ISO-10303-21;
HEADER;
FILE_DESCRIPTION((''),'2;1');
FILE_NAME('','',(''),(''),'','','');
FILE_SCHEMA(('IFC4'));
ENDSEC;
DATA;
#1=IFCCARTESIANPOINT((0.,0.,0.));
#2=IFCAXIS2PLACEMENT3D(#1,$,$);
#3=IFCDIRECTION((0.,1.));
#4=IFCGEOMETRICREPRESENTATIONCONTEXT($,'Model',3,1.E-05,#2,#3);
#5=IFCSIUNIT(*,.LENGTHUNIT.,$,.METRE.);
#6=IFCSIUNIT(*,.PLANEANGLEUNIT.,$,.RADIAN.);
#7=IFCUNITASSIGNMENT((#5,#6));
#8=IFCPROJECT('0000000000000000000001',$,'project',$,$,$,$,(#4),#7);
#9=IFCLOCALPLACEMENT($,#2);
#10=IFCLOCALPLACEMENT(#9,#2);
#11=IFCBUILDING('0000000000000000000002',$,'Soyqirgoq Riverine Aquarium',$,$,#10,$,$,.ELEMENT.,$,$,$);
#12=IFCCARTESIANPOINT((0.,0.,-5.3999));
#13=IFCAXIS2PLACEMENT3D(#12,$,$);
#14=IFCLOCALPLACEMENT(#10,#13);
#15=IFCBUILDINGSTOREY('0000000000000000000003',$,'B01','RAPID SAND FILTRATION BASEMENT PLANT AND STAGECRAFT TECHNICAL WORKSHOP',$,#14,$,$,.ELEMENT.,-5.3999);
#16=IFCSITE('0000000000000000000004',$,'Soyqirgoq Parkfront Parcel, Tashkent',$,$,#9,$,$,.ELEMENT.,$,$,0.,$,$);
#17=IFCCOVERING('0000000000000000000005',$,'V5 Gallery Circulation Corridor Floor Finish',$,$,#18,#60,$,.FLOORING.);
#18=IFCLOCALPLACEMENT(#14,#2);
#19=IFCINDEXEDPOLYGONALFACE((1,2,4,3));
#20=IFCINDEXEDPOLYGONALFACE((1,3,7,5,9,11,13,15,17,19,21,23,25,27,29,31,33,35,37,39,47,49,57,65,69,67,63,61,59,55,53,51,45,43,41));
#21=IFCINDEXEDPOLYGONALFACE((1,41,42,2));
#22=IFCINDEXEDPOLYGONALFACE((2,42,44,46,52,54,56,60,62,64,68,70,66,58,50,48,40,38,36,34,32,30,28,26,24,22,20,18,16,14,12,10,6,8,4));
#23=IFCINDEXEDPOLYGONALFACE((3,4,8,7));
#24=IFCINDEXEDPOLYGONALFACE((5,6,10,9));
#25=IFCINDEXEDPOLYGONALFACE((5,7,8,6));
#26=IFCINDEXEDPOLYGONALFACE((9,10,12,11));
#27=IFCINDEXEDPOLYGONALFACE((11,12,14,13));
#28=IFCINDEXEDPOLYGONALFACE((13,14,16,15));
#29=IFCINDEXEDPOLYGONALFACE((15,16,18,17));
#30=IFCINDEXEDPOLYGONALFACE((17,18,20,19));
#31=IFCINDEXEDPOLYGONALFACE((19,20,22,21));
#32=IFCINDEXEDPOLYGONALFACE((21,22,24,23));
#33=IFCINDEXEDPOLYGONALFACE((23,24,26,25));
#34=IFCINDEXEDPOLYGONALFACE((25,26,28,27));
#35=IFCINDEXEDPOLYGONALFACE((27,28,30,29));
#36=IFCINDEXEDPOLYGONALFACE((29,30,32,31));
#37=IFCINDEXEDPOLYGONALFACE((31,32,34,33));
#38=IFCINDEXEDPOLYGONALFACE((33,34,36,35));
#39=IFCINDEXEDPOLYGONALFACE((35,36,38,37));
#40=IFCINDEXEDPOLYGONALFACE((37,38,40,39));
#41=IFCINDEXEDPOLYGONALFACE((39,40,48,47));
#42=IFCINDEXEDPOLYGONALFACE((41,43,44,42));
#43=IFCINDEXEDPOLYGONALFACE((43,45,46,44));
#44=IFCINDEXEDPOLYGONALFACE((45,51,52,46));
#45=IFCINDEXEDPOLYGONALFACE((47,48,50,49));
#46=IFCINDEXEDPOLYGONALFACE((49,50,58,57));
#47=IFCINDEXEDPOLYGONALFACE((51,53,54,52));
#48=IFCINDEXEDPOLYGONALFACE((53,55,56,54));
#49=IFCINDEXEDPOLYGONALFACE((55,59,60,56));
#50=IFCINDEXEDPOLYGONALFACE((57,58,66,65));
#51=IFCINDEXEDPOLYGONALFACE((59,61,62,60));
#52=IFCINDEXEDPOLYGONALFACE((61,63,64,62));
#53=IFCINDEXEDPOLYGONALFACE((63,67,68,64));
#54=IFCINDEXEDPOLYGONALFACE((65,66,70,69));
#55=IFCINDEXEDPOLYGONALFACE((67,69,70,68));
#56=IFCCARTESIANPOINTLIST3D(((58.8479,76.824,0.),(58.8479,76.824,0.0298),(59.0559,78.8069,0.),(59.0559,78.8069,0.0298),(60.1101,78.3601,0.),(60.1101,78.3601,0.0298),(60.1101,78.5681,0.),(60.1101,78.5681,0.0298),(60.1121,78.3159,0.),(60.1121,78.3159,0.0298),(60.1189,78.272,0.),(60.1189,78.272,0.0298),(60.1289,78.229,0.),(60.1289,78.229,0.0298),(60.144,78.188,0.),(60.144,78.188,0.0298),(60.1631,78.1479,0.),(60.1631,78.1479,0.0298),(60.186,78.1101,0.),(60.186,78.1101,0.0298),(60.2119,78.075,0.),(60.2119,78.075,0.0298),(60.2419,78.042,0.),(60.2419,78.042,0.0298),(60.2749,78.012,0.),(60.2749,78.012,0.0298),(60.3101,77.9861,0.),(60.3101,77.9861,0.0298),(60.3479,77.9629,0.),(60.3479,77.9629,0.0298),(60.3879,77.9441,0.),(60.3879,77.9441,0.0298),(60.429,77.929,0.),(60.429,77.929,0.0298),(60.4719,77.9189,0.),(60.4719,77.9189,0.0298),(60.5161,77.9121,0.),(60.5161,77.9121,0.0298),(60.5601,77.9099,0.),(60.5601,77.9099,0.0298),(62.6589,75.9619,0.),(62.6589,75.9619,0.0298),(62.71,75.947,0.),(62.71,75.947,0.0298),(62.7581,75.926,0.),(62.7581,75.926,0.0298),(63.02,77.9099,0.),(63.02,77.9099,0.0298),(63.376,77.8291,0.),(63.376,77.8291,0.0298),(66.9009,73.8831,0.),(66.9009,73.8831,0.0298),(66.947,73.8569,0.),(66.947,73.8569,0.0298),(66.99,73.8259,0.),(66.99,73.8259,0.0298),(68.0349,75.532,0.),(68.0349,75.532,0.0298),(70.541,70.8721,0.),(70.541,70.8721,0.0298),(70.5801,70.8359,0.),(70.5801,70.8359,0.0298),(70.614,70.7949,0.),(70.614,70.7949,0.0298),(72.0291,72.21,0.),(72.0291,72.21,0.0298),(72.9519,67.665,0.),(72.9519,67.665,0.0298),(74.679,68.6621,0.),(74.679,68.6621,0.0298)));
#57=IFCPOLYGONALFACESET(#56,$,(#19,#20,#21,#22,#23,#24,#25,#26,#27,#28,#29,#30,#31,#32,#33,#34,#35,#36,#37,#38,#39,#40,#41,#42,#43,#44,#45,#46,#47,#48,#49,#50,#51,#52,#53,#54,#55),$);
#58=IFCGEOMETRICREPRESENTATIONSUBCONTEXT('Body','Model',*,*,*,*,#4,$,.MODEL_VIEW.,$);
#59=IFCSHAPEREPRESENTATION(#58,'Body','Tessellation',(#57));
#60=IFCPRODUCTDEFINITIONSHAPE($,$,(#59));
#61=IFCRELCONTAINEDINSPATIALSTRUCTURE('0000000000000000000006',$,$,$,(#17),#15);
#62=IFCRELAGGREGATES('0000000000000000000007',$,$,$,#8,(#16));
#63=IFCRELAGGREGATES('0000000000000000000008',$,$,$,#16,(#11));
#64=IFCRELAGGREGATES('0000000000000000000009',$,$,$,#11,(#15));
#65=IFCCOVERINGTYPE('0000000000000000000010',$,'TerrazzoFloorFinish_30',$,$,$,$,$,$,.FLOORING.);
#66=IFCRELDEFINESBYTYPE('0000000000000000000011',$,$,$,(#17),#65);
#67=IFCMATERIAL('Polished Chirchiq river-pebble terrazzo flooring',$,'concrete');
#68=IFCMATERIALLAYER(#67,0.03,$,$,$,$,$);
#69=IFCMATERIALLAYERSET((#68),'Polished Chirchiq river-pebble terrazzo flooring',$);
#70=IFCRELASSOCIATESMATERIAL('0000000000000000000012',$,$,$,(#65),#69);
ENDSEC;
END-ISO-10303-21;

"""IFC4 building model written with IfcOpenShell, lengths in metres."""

from ifc_helpers import new_model, si_unit, direction, frame, origin, place, context, subcontext, project, spatial, polyline, outline, extrude, material, layer, layer_set, type_object, element, save


model = new_model("IFC4")

# Units and contexts
model_context = context("Model", 3, precision=1e-05, world=origin(), true_north=direction((0.0, 1.0)))
body_context = subcontext(model_context, "Body", "Model", "MODEL_VIEW")
ifc_project = project(units=[si_unit("LENGTHUNIT", "METRE"), si_unit("PLANEANGLEUNIT", "RADIAN")], contexts=[model_context])

# Site, building, storey
site_placement = place(None, origin())
site = spatial("IfcSite", under=ifc_project, at=site_placement, Name="Soyqirgoq Parkfront Parcel, Tashkent", CompositionType="ELEMENT", RefElevation=0.0)
building_placement = place(site_placement, origin())
building = spatial("IfcBuilding", under=site, at=building_placement, Name="Soyqirgoq Riverine Aquarium", CompositionType="ELEMENT")
storey_placement = place(building_placement, frame((0.0, 0.0, -5.3999)))
storey = spatial("IfcBuildingStorey", under=building, at=storey_placement, Name="B01", Description="RAPID SAND FILTRATION BASEMENT PLANT AND STAGECRAFT TECHNICAL WORKSHOP", CompositionType="ELEMENT", Elevation=-5.3999)

# Covering
ifc_material_1 = material(Name="Polished Chirchiq river-pebble terrazzo flooring", Category="concrete")
ifc_layer_1 = layer(ifc_material_1, 0.03)
ifc_layer_set_1 = layer_set([ifc_layer_1], Name="Polished Chirchiq river-pebble terrazzo flooring")
covering_type_1 = type_object("IfcCoveringType", Name="TerrazzoFloorFinish_30", PredefinedType="FLOORING", material=ifc_layer_set_1)
covering_1_placement = place(storey_placement, origin())
element("IfcCovering", 1, at=covering_1_placement, inside=storey, type_object=covering_type_1, Name="V5 Gallery Circulation Corridor Floor Finish", PredefinedType="FLOORING", context=body_context, shape_type="SweptSolid", body=[
    extrude(outline(polyline([(59.0559, 78.8069), (60.1101, 78.5681), (60.1101, 78.3601), (60.1121, 78.3159), (60.1189, 78.272), (60.1289, 78.229), (60.144, 78.188), (60.1631, 78.1479), (60.186, 78.1101), (60.2119, 78.075), (60.2419, 78.042), (60.2749, 78.012), (60.3101, 77.9861), (60.3479, 77.9629), (60.3879, 77.9441), (60.429, 77.929), (60.4719, 77.9189), (60.5161, 77.9121), (60.5601, 77.9099), (63.02, 77.9099), (63.376, 77.8291), (68.0349, 75.532), (72.0291, 72.21), (74.679, 68.6621), (72.9519, 67.665), (70.614, 70.7949), (70.5801, 70.8359), (70.541, 70.8721), (66.99, 73.8259), (66.947, 73.8569), (66.9009, 73.8831), (62.7581, 75.926), (62.71, 75.947), (62.6589, 75.9619), (58.8479, 76.824), (59.0559, 78.8069)])), origin(), (0.0, 0.0, 1.0), 0.0298),
])

save(model, "model.ifc")
